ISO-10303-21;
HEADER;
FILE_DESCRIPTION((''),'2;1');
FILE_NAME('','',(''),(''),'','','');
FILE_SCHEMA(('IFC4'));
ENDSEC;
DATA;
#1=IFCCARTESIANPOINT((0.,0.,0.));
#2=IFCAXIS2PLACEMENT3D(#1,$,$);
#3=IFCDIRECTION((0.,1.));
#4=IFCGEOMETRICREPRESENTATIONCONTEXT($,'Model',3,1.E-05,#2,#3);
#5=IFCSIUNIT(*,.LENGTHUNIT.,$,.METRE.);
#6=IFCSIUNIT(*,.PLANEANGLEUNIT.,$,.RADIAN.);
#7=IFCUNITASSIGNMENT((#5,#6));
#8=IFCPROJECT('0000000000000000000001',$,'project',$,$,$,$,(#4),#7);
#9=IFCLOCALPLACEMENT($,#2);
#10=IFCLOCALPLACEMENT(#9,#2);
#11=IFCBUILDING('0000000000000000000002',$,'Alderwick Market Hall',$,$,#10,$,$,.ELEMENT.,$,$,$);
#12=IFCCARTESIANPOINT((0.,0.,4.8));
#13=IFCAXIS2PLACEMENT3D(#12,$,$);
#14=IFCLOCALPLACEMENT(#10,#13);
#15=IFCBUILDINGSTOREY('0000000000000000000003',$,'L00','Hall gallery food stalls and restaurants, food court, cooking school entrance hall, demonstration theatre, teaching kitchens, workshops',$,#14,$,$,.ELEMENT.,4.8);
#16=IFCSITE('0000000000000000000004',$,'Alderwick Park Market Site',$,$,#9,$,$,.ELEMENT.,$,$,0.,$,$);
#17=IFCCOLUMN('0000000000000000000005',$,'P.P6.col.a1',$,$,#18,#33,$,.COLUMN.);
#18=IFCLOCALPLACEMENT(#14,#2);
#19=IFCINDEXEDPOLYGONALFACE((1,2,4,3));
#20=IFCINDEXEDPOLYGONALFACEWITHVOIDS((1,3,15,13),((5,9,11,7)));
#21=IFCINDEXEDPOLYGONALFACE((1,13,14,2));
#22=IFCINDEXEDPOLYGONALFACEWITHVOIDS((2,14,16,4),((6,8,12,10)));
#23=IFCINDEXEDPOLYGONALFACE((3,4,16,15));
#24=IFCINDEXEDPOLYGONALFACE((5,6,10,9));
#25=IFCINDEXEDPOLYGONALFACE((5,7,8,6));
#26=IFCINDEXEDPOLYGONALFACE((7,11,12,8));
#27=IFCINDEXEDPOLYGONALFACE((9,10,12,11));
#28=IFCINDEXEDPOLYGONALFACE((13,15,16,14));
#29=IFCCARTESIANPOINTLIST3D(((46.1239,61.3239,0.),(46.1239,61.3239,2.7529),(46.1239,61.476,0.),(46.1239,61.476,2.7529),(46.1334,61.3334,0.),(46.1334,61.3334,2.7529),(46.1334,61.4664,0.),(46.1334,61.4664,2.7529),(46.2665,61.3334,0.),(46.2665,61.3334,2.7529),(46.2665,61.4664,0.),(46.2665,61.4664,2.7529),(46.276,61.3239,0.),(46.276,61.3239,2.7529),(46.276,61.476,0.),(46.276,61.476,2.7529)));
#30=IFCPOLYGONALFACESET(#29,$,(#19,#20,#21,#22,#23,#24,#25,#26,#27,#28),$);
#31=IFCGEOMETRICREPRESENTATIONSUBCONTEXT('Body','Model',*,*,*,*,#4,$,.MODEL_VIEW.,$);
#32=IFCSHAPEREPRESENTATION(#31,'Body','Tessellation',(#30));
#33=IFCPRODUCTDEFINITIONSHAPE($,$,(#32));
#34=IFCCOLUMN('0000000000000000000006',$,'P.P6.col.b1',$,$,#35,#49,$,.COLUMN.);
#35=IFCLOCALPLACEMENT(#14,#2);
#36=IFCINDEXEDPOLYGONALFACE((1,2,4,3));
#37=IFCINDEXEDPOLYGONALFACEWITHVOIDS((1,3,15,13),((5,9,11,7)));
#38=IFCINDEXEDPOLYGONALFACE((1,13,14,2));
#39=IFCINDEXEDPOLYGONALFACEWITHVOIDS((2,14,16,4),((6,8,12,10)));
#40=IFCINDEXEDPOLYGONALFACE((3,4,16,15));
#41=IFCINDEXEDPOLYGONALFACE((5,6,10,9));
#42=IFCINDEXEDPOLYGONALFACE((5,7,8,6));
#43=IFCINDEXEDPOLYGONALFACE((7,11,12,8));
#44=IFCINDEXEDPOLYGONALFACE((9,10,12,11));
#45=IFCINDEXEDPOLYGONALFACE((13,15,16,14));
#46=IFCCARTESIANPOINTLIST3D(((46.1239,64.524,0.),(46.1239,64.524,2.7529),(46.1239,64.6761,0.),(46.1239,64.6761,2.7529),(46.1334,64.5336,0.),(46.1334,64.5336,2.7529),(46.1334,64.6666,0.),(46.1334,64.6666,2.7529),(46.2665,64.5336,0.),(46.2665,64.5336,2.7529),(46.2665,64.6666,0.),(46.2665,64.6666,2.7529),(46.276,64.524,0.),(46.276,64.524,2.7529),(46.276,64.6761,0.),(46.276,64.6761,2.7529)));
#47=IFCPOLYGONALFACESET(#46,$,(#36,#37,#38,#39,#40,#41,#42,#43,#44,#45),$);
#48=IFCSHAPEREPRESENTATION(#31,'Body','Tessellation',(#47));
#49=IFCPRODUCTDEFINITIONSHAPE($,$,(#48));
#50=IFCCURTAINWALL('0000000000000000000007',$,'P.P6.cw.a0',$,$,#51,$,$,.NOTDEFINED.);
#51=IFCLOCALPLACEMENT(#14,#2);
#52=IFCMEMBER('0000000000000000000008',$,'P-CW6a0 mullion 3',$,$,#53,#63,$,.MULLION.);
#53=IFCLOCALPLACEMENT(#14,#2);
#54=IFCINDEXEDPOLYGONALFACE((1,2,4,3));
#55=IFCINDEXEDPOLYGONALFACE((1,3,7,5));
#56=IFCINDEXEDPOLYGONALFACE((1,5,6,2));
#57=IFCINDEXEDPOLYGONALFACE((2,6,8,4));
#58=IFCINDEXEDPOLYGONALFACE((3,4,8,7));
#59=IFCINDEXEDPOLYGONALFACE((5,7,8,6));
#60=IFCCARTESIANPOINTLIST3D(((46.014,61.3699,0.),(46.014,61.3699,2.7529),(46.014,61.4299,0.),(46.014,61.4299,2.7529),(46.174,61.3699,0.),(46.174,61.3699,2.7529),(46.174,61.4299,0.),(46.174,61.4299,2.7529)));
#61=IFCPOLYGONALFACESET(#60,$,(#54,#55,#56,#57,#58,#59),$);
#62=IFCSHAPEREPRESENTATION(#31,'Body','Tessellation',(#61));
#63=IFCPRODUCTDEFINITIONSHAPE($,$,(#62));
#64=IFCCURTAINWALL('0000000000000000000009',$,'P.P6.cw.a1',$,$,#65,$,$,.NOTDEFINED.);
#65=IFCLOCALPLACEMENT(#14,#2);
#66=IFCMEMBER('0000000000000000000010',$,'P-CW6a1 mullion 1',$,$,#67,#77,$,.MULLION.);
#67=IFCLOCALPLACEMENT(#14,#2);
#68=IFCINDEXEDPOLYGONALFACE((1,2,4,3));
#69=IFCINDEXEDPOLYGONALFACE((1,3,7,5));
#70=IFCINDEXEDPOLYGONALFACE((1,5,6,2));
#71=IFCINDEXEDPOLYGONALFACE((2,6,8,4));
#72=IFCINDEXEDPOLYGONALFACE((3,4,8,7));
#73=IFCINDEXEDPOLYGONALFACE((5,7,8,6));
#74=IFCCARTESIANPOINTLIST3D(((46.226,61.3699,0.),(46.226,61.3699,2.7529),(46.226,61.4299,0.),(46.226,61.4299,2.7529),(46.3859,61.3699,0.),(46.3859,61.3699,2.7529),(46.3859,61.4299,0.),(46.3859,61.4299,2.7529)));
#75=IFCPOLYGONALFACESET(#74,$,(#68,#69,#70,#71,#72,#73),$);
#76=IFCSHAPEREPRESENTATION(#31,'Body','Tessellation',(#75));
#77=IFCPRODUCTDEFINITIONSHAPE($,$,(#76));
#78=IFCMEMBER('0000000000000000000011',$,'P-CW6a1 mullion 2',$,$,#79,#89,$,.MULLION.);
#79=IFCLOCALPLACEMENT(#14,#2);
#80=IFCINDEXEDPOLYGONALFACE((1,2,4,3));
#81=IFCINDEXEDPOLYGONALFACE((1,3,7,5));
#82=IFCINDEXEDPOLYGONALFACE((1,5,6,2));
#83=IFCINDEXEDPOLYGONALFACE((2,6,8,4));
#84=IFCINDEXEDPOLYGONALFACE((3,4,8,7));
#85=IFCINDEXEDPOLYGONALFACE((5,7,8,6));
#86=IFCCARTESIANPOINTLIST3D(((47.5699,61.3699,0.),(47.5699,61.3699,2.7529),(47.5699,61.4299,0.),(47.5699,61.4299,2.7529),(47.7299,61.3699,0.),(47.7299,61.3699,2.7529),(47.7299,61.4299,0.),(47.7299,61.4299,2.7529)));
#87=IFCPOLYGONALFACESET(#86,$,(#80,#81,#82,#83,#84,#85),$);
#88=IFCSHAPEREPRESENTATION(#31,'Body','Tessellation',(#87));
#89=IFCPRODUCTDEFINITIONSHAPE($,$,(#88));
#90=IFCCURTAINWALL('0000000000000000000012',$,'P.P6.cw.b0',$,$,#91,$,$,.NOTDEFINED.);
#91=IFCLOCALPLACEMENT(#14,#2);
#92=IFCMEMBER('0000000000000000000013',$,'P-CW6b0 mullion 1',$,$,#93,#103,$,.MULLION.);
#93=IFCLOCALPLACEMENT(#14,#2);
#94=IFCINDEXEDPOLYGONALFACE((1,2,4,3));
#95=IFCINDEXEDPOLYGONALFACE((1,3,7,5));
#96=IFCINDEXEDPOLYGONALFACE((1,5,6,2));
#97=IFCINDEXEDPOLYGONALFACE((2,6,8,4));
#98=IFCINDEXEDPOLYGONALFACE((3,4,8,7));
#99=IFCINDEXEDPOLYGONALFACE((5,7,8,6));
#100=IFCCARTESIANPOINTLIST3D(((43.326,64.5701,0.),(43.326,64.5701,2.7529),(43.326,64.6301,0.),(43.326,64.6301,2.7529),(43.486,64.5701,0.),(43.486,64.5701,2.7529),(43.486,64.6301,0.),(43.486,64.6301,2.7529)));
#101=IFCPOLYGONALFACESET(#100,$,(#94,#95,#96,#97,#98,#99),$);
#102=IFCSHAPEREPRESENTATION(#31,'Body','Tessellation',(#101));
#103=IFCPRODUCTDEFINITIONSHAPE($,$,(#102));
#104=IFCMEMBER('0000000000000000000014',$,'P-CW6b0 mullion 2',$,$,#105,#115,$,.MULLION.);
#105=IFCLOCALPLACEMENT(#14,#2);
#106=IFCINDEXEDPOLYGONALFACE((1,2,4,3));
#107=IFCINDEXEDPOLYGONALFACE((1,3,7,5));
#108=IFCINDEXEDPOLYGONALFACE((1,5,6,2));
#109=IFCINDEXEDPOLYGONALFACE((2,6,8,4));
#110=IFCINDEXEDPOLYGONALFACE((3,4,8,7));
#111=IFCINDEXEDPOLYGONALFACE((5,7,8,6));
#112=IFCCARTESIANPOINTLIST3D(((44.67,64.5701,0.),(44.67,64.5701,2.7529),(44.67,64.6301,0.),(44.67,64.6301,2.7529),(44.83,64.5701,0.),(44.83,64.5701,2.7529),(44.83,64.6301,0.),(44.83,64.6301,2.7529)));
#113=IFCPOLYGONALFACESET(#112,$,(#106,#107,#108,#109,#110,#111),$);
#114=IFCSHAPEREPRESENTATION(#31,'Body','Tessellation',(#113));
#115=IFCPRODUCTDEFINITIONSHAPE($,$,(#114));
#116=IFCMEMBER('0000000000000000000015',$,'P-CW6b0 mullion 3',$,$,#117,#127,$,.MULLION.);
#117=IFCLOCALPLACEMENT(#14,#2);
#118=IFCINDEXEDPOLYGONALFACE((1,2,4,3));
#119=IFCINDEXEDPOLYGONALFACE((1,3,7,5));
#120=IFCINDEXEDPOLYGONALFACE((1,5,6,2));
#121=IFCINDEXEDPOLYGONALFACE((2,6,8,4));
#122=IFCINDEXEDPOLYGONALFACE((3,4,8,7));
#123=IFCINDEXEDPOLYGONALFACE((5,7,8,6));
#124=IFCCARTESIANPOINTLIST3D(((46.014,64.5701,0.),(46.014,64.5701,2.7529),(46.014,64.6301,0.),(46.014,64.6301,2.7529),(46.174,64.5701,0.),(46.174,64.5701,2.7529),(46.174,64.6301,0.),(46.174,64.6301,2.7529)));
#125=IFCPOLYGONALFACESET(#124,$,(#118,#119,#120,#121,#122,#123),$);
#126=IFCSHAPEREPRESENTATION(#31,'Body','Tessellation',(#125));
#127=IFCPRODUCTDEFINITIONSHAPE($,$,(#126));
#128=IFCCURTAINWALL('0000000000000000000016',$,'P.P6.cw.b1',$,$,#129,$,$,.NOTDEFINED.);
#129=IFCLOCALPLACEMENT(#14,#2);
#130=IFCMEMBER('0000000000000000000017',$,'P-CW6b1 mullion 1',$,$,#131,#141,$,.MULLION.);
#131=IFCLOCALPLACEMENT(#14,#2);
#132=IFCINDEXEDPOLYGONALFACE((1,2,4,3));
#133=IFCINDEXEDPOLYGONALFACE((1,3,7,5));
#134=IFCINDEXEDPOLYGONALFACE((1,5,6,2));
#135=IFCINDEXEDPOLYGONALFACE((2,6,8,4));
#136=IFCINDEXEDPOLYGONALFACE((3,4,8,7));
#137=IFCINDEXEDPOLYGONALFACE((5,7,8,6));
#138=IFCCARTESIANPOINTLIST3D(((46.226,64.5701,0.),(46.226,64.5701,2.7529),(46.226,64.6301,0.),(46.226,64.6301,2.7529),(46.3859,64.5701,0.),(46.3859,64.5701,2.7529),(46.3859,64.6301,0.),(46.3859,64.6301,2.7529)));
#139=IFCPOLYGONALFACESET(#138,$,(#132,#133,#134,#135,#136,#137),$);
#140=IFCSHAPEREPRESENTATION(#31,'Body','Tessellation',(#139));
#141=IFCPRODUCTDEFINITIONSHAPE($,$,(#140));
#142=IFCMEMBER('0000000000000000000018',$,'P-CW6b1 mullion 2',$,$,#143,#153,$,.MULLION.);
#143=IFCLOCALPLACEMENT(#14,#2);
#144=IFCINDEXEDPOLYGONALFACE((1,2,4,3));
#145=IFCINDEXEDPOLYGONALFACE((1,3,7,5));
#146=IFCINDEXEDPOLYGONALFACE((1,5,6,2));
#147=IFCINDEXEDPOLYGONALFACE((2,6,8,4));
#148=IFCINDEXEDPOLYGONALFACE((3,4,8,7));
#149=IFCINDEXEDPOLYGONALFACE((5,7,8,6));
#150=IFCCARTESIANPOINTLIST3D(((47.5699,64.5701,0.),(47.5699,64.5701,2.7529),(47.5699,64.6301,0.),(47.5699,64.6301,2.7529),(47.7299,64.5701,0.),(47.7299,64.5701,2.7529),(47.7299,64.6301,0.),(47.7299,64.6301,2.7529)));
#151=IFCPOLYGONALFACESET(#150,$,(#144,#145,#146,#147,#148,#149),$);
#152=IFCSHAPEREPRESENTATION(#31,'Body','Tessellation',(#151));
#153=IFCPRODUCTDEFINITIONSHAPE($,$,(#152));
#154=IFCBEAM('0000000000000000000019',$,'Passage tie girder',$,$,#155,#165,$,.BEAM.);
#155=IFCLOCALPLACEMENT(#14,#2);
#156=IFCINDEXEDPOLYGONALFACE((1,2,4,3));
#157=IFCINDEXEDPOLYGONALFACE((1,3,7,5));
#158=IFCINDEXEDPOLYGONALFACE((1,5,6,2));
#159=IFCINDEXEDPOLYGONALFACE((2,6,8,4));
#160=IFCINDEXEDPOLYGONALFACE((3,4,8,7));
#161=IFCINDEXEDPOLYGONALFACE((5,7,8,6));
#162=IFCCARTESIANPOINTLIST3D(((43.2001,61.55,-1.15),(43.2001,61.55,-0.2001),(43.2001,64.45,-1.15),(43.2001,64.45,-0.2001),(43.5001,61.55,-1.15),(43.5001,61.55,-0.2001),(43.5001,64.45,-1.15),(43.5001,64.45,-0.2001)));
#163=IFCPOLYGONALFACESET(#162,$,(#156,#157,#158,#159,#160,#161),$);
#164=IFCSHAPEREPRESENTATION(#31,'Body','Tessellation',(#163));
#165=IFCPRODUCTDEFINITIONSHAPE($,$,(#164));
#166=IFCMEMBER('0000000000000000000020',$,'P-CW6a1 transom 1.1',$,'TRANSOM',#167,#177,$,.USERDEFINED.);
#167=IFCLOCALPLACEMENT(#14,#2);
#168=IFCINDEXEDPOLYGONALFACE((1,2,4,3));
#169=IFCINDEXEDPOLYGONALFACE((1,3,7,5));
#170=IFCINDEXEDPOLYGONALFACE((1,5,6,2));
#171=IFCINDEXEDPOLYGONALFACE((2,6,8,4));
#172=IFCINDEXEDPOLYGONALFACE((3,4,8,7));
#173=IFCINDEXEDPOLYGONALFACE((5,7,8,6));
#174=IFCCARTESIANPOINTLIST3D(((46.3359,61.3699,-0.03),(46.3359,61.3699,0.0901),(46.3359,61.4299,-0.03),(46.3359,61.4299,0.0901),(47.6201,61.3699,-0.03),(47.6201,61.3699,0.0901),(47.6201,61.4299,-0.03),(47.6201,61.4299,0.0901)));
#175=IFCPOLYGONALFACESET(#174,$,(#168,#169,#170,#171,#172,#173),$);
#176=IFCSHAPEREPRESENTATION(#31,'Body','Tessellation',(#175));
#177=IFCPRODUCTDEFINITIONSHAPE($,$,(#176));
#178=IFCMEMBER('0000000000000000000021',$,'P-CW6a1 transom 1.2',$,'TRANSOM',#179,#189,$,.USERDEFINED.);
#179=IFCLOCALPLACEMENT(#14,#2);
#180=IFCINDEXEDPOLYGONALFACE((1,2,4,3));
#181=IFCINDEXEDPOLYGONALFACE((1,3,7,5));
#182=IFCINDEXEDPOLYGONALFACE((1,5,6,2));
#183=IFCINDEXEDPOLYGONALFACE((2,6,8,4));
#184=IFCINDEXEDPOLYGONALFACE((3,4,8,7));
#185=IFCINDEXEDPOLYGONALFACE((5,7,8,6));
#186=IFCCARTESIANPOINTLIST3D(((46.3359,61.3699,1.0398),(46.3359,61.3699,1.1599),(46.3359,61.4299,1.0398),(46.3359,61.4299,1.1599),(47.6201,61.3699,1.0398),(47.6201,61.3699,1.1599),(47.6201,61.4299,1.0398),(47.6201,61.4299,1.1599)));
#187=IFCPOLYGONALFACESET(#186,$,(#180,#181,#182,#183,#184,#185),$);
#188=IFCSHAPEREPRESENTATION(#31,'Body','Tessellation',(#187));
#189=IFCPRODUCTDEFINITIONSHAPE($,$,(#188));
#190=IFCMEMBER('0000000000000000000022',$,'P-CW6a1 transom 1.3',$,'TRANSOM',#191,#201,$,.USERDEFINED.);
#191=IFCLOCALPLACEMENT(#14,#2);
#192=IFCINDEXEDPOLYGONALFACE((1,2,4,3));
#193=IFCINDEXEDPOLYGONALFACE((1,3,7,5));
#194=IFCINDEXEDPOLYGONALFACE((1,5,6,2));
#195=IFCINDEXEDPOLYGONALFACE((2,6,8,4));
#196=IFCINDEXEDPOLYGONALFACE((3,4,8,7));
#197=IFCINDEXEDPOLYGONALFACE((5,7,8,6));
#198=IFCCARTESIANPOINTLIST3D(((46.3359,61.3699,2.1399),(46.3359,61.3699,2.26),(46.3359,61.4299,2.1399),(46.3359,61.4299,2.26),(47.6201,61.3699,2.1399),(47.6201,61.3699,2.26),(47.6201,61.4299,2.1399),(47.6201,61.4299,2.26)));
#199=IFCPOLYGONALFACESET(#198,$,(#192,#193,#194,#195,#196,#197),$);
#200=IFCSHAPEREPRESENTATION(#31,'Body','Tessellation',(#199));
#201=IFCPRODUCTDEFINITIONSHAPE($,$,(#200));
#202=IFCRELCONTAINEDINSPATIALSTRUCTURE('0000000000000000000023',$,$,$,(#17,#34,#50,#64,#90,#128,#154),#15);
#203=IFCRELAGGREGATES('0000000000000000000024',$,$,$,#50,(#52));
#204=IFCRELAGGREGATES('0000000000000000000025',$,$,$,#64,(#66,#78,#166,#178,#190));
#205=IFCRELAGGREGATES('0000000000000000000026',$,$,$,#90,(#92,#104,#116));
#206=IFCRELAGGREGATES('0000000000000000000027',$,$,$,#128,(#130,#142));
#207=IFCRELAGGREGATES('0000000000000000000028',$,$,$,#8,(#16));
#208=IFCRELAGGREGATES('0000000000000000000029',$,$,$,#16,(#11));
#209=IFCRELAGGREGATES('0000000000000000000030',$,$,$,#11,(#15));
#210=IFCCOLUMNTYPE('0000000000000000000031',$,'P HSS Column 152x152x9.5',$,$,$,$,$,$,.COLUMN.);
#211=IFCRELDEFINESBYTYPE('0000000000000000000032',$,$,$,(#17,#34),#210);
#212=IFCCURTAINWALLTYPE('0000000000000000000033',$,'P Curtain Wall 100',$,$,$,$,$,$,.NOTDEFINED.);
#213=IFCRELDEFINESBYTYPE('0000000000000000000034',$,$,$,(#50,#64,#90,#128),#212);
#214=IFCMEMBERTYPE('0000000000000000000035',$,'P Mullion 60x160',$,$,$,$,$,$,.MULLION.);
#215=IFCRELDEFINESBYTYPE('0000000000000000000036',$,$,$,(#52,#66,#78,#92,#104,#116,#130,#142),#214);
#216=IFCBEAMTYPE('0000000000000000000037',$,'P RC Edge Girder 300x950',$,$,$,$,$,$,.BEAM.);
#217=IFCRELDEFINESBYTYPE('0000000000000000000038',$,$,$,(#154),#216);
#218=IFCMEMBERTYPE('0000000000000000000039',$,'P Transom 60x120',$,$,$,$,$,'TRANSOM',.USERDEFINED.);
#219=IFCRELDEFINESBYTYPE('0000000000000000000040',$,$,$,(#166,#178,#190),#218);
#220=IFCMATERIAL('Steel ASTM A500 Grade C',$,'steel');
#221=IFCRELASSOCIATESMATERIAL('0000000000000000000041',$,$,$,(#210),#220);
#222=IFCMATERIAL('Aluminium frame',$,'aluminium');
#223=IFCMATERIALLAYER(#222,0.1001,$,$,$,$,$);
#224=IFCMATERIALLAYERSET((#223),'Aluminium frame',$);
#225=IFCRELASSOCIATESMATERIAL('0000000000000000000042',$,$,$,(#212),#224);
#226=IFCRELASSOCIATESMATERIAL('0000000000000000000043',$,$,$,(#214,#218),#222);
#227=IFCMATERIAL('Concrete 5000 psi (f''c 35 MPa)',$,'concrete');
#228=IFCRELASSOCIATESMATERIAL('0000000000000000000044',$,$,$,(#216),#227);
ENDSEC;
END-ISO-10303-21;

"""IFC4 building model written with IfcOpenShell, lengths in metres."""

from ifc_helpers import new_model, si_unit, direction, frame, origin, origin_2d, place, context, subcontext, project, spatial, rectangle, hollow_rectangle, extrude, material, layer, layer_set, material_profile, profile_set, type_object, element, aggregate, save


model = new_model("IFC4")

# Units and contexts
model_context = context("Model", 3, precision=1e-05, world=origin(), true_north=direction((0.0, 1.0)))
body_context = subcontext(model_context, "Body", "Model", "MODEL_VIEW")
ifc_project = project(units=[si_unit("LENGTHUNIT", "METRE"), si_unit("PLANEANGLEUNIT", "RADIAN")], contexts=[model_context])

# Site, building, storey
site_placement = place(None, origin())
site = spatial("IfcSite", under=ifc_project, at=site_placement, Name="Alderwick Park Market Site", CompositionType="ELEMENT", RefElevation=0.0)
building_placement = place(site_placement, origin())
building = spatial("IfcBuilding", under=site, at=building_placement, Name="Alderwick Market Hall", CompositionType="ELEMENT")
storey_placement = place(building_placement, frame((0.0, 0.0, 4.8)))
storey = spatial("IfcBuildingStorey", under=building, at=storey_placement, Name="L00", Description="Hall gallery food stalls and restaurants, food court, cooking school entrance hall, demonstration theatre, teaching kitchens, workshops", CompositionType="ELEMENT", Elevation=4.8)

# Columns
ifc_material_1 = material(Name="Steel ASTM A500 Grade C", Category="steel")
ifc_material_profile_1 = material_profile(ifc_material_1, hollow_rectangle(XDim=0.1521, YDim=0.1521, WallThickness=0.0095, at=origin_2d()), Name="HSS152x152x9.5")
ifc_profile_set_1 = profile_set([ifc_material_profile_1], Name="Steel ASTM A500 Grade C")
column_type = type_object("IfcColumnType", Name="P HSS Column 152x152x9.5", PredefinedType="COLUMN", material=ifc_profile_set_1)
for number, where, z_axis, x_axis, name in (
    (1, (46.2, 61.3999, 0.0), (0.0, 0.0, 1.0), (1.0, 0.0, 0.0), "P.P6.col.a1"),
    (2, (46.2, 64.6001, 0.0), (0.0, 0.0, 1.0), (1.0, 0.0, 0.0), "P.P6.col.b1"),
):
    element("IfcColumn", number, at=place(storey_placement, frame(where, z_axis=z_axis, x_axis=x_axis)), inside=storey, type_object=column_type, Name=name, PredefinedType="COLUMN", context=body_context, shape_type="SweptSolid", body=[
        extrude(hollow_rectangle(XDim=0.1521, YDim=0.1521, WallThickness=0.0095, at=origin_2d()), origin(), (0.0, 0.0, 1.0), 2.7529),
    ])

# Curtain wall, member
ifc_material_2 = material(Name="Aluminium frame", Category="aluminium")
ifc_layer_1 = layer(ifc_material_2, 0.1001)
ifc_layer_set_1 = layer_set([ifc_layer_1], Name="Aluminium frame")
curtain_wall_type = type_object("IfcCurtainWallType", Name="P Curtain Wall 100", PredefinedType="NOTDEFINED", material=ifc_layer_set_1)
curtain_wall_1_placement = place(storey_placement, origin())
curtain_wall_1 = element("IfcCurtainWall", 3, at=curtain_wall_1_placement, inside=storey, type_object=curtain_wall_type, Name="P.P6.cw.a0", PredefinedType="NOTDEFINED")
ifc_material_profile_2 = material_profile(ifc_material_2, rectangle(XDim=0.0601, YDim=0.1599, at=origin_2d()), Name="P Mullion 60x160")
ifc_profile_set_2 = profile_set([ifc_material_profile_2], Name="Aluminium frame")
member_type_1 = type_object("IfcMemberType", Name="P Mullion 60x160", PredefinedType="MULLION", material=ifc_profile_set_2)
member_1_placement = place(storey_placement, frame((46.094, 61.3999, 0.0), z_axis=(0.0, 0.0, 1.0), x_axis=(0.0, 1.0, 0.0)))
member_1 = element("IfcMember", 4, at=member_1_placement, type_object=member_type_1, Name="P-CW6a0 mullion 3", PredefinedType="MULLION", context=body_context, shape_type="SweptSolid", body=[
    extrude(rectangle(XDim=0.0601, YDim=0.1599, at=origin_2d()), origin(), (0.0, 0.0, 1.0), 2.7529),
])
aggregate(curtain_wall_1, [member_1])

# Curtain walls, members
curtain_wall_2_placement = place(storey_placement, origin())
curtain_wall_2 = element("IfcCurtainWall", 5, at=curtain_wall_2_placement, inside=storey, type_object=curtain_wall_type, Name="P.P6.cw.a1", PredefinedType="NOTDEFINED")
member_2_placement = place(storey_placement, frame((46.3059, 61.3999, 0.0), z_axis=(0.0, 0.0, 1.0), x_axis=(0.0, 1.0, 0.0)))
member_2 = element("IfcMember", 6, at=member_2_placement, type_object=member_type_1, Name="P-CW6a1 mullion 1", PredefinedType="MULLION", context=body_context, shape_type="SweptSolid", body=[
    extrude(rectangle(XDim=0.0601, YDim=0.1599, at=origin_2d()), origin(), (0.0, 0.0, 1.0), 2.7529),
])
member_3_placement = place(storey_placement, frame((47.6499, 61.3999, 0.0), z_axis=(0.0, 0.0, 1.0), x_axis=(0.0, 1.0, 0.0)))
member_3 = element("IfcMember", 7, at=member_3_placement, type_object=member_type_1, Name="P-CW6a1 mullion 2", PredefinedType="MULLION", context=body_context, shape_type="SweptSolid", body=[
    extrude(rectangle(XDim=0.0601, YDim=0.1599, at=origin_2d()), origin(), (0.0, 0.0, 1.0), 2.7529),
])
curtain_wall_3_placement = place(storey_placement, origin())
curtain_wall_3 = element("IfcCurtainWall", 8, at=curtain_wall_3_placement, inside=storey, type_object=curtain_wall_type, Name="P.P6.cw.b0", PredefinedType="NOTDEFINED")
member_4_placement = place(storey_placement, frame((43.406, 64.6001, 0.0), z_axis=(0.0, 0.0, 1.0), x_axis=(0.0, 1.0, 0.0)))
member_4 = element("IfcMember", 9, at=member_4_placement, type_object=member_type_1, Name="P-CW6b0 mullion 1", PredefinedType="MULLION", context=body_context, shape_type="SweptSolid", body=[
    extrude(rectangle(XDim=0.0601, YDim=0.1599, at=origin_2d()), origin(), (0.0, 0.0, 1.0), 2.7529),
])
member_5_placement = place(storey_placement, frame((44.75, 64.6001, 0.0), z_axis=(0.0, 0.0, 1.0), x_axis=(0.0, 1.0, 0.0)))
member_5 = element("IfcMember", 10, at=member_5_placement, type_object=member_type_1, Name="P-CW6b0 mullion 2", PredefinedType="MULLION", context=body_context, shape_type="SweptSolid", body=[
    extrude(rectangle(XDim=0.0601, YDim=0.1599, at=origin_2d()), origin(), (0.0, 0.0, 1.0), 2.7529),
])
member_6_placement = place(storey_placement, frame((46.094, 64.6001, 0.0), z_axis=(0.0, 0.0, 1.0), x_axis=(0.0, 1.0, 0.0)))
member_6 = element("IfcMember", 11, at=member_6_placement, type_object=member_type_1, Name="P-CW6b0 mullion 3", PredefinedType="MULLION", context=body_context, shape_type="SweptSolid", body=[
    extrude(rectangle(XDim=0.0601, YDim=0.1599, at=origin_2d()), origin(), (0.0, 0.0, 1.0), 2.7529),
])
curtain_wall_4_placement = place(storey_placement, origin())
curtain_wall_4 = element("IfcCurtainWall", 12, at=curtain_wall_4_placement, inside=storey, type_object=curtain_wall_type, Name="P.P6.cw.b1", PredefinedType="NOTDEFINED")
member_7_placement = place(storey_placement, frame((46.3059, 64.6001, 0.0), z_axis=(0.0, 0.0, 1.0), x_axis=(0.0, 1.0, 0.0)))
member_7 = element("IfcMember", 13, at=member_7_placement, type_object=member_type_1, Name="P-CW6b1 mullion 1", PredefinedType="MULLION", context=body_context, shape_type="SweptSolid", body=[
    extrude(rectangle(XDim=0.0601, YDim=0.1599, at=origin_2d()), origin(), (0.0, 0.0, 1.0), 2.7529),
])
member_8_placement = place(storey_placement, frame((47.6499, 64.6001, 0.0), z_axis=(0.0, 0.0, 1.0), x_axis=(0.0, 1.0, 0.0)))
member_8 = element("IfcMember", 14, at=member_8_placement, type_object=member_type_1, Name="P-CW6b1 mullion 2", PredefinedType="MULLION", context=body_context, shape_type="SweptSolid", body=[
    extrude(rectangle(XDim=0.0601, YDim=0.1599, at=origin_2d()), origin(), (0.0, 0.0, 1.0), 2.7529),
])

# Beam
ifc_material_3 = material(Name="Concrete 5000 psi (f'c 35 MPa)", Category="concrete")
ifc_material_profile_3 = material_profile(ifc_material_3, rectangle(XDim=0.3, YDim=0.95, at=origin_2d()), Name="P RC Edge Girder 300x950")
ifc_profile_set_3 = profile_set([ifc_material_profile_3], Name="Concrete 5000 psi (f'c 35 MPa)")
beam_type = type_object("IfcBeamType", Name="P RC Edge Girder 300x950", PredefinedType="BEAM", material=ifc_profile_set_3)
beam_placement = place(storey_placement, frame((43.3501, 61.55, -0.675), z_axis=(0.0, 1.0, 0.0), x_axis=(-1.0, 0.0, 0.0)))
element("IfcBeam", 15, at=beam_placement, inside=storey, type_object=beam_type, Name="Passage tie girder", PredefinedType="BEAM", context=body_context, shape_type="SweptSolid", body=[
    extrude(rectangle(XDim=0.3, YDim=0.95, at=origin_2d()), origin(), (0.0, 0.0, 1.0), 2.8999),
])

# Members
ifc_material_profile_4 = material_profile(ifc_material_2, rectangle(XDim=0.0601, YDim=0.1201, at=origin_2d()), Name="P Transom 60x120")
ifc_profile_set_4 = profile_set([ifc_material_profile_4], Name="Aluminium frame")
member_type_2 = type_object("IfcMemberType", Name="P Transom 60x120", ElementType="TRANSOM", PredefinedType="USERDEFINED", material=ifc_profile_set_4)
member_9_placement = place(storey_placement, frame((46.3359, 61.3999, 0.03), z_axis=(1.0, 0.0, 0.0), x_axis=(0.0, 1.0, 0.0)))
member_9 = element("IfcMember", 16, at=member_9_placement, type_object=member_type_2, Name="P-CW6a1 transom 1.1", ObjectType="TRANSOM", PredefinedType="USERDEFINED", context=body_context, shape_type="SweptSolid", body=[
    extrude(rectangle(XDim=0.0601, YDim=0.1201, at=origin_2d()), origin(), (0.0, 0.0, 1.0), 1.2842),
])
member_10_placement = place(storey_placement, frame((46.3359, 61.3999, 1.0999), z_axis=(1.0, 0.0, 0.0), x_axis=(0.0, 1.0, 0.0)))
member_10 = element("IfcMember", 17, at=member_10_placement, type_object=member_type_2, Name="P-CW6a1 transom 1.2", ObjectType="TRANSOM", PredefinedType="USERDEFINED", context=body_context, shape_type="SweptSolid", body=[
    extrude(rectangle(XDim=0.0601, YDim=0.1201, at=origin_2d()), origin(), (0.0, 0.0, 1.0), 1.2842),
])
member_11_placement = place(storey_placement, frame((46.3359, 61.3999, 2.2), z_axis=(1.0, 0.0, 0.0), x_axis=(0.0, 1.0, 0.0)))
member_11 = element("IfcMember", 18, at=member_11_placement, type_object=member_type_2, Name="P-CW6a1 transom 1.3", ObjectType="TRANSOM", PredefinedType="USERDEFINED", context=body_context, shape_type="SweptSolid", body=[
    extrude(rectangle(XDim=0.0601, YDim=0.1201, at=origin_2d()), origin(), (0.0, 0.0, 1.0), 1.2842),
])

aggregate(curtain_wall_2, [member_2, member_3, member_9, member_10, member_11])
aggregate(curtain_wall_3, [member_4, member_5, member_6])
aggregate(curtain_wall_4, [member_7, member_8])

save(model, "model.ifc")
